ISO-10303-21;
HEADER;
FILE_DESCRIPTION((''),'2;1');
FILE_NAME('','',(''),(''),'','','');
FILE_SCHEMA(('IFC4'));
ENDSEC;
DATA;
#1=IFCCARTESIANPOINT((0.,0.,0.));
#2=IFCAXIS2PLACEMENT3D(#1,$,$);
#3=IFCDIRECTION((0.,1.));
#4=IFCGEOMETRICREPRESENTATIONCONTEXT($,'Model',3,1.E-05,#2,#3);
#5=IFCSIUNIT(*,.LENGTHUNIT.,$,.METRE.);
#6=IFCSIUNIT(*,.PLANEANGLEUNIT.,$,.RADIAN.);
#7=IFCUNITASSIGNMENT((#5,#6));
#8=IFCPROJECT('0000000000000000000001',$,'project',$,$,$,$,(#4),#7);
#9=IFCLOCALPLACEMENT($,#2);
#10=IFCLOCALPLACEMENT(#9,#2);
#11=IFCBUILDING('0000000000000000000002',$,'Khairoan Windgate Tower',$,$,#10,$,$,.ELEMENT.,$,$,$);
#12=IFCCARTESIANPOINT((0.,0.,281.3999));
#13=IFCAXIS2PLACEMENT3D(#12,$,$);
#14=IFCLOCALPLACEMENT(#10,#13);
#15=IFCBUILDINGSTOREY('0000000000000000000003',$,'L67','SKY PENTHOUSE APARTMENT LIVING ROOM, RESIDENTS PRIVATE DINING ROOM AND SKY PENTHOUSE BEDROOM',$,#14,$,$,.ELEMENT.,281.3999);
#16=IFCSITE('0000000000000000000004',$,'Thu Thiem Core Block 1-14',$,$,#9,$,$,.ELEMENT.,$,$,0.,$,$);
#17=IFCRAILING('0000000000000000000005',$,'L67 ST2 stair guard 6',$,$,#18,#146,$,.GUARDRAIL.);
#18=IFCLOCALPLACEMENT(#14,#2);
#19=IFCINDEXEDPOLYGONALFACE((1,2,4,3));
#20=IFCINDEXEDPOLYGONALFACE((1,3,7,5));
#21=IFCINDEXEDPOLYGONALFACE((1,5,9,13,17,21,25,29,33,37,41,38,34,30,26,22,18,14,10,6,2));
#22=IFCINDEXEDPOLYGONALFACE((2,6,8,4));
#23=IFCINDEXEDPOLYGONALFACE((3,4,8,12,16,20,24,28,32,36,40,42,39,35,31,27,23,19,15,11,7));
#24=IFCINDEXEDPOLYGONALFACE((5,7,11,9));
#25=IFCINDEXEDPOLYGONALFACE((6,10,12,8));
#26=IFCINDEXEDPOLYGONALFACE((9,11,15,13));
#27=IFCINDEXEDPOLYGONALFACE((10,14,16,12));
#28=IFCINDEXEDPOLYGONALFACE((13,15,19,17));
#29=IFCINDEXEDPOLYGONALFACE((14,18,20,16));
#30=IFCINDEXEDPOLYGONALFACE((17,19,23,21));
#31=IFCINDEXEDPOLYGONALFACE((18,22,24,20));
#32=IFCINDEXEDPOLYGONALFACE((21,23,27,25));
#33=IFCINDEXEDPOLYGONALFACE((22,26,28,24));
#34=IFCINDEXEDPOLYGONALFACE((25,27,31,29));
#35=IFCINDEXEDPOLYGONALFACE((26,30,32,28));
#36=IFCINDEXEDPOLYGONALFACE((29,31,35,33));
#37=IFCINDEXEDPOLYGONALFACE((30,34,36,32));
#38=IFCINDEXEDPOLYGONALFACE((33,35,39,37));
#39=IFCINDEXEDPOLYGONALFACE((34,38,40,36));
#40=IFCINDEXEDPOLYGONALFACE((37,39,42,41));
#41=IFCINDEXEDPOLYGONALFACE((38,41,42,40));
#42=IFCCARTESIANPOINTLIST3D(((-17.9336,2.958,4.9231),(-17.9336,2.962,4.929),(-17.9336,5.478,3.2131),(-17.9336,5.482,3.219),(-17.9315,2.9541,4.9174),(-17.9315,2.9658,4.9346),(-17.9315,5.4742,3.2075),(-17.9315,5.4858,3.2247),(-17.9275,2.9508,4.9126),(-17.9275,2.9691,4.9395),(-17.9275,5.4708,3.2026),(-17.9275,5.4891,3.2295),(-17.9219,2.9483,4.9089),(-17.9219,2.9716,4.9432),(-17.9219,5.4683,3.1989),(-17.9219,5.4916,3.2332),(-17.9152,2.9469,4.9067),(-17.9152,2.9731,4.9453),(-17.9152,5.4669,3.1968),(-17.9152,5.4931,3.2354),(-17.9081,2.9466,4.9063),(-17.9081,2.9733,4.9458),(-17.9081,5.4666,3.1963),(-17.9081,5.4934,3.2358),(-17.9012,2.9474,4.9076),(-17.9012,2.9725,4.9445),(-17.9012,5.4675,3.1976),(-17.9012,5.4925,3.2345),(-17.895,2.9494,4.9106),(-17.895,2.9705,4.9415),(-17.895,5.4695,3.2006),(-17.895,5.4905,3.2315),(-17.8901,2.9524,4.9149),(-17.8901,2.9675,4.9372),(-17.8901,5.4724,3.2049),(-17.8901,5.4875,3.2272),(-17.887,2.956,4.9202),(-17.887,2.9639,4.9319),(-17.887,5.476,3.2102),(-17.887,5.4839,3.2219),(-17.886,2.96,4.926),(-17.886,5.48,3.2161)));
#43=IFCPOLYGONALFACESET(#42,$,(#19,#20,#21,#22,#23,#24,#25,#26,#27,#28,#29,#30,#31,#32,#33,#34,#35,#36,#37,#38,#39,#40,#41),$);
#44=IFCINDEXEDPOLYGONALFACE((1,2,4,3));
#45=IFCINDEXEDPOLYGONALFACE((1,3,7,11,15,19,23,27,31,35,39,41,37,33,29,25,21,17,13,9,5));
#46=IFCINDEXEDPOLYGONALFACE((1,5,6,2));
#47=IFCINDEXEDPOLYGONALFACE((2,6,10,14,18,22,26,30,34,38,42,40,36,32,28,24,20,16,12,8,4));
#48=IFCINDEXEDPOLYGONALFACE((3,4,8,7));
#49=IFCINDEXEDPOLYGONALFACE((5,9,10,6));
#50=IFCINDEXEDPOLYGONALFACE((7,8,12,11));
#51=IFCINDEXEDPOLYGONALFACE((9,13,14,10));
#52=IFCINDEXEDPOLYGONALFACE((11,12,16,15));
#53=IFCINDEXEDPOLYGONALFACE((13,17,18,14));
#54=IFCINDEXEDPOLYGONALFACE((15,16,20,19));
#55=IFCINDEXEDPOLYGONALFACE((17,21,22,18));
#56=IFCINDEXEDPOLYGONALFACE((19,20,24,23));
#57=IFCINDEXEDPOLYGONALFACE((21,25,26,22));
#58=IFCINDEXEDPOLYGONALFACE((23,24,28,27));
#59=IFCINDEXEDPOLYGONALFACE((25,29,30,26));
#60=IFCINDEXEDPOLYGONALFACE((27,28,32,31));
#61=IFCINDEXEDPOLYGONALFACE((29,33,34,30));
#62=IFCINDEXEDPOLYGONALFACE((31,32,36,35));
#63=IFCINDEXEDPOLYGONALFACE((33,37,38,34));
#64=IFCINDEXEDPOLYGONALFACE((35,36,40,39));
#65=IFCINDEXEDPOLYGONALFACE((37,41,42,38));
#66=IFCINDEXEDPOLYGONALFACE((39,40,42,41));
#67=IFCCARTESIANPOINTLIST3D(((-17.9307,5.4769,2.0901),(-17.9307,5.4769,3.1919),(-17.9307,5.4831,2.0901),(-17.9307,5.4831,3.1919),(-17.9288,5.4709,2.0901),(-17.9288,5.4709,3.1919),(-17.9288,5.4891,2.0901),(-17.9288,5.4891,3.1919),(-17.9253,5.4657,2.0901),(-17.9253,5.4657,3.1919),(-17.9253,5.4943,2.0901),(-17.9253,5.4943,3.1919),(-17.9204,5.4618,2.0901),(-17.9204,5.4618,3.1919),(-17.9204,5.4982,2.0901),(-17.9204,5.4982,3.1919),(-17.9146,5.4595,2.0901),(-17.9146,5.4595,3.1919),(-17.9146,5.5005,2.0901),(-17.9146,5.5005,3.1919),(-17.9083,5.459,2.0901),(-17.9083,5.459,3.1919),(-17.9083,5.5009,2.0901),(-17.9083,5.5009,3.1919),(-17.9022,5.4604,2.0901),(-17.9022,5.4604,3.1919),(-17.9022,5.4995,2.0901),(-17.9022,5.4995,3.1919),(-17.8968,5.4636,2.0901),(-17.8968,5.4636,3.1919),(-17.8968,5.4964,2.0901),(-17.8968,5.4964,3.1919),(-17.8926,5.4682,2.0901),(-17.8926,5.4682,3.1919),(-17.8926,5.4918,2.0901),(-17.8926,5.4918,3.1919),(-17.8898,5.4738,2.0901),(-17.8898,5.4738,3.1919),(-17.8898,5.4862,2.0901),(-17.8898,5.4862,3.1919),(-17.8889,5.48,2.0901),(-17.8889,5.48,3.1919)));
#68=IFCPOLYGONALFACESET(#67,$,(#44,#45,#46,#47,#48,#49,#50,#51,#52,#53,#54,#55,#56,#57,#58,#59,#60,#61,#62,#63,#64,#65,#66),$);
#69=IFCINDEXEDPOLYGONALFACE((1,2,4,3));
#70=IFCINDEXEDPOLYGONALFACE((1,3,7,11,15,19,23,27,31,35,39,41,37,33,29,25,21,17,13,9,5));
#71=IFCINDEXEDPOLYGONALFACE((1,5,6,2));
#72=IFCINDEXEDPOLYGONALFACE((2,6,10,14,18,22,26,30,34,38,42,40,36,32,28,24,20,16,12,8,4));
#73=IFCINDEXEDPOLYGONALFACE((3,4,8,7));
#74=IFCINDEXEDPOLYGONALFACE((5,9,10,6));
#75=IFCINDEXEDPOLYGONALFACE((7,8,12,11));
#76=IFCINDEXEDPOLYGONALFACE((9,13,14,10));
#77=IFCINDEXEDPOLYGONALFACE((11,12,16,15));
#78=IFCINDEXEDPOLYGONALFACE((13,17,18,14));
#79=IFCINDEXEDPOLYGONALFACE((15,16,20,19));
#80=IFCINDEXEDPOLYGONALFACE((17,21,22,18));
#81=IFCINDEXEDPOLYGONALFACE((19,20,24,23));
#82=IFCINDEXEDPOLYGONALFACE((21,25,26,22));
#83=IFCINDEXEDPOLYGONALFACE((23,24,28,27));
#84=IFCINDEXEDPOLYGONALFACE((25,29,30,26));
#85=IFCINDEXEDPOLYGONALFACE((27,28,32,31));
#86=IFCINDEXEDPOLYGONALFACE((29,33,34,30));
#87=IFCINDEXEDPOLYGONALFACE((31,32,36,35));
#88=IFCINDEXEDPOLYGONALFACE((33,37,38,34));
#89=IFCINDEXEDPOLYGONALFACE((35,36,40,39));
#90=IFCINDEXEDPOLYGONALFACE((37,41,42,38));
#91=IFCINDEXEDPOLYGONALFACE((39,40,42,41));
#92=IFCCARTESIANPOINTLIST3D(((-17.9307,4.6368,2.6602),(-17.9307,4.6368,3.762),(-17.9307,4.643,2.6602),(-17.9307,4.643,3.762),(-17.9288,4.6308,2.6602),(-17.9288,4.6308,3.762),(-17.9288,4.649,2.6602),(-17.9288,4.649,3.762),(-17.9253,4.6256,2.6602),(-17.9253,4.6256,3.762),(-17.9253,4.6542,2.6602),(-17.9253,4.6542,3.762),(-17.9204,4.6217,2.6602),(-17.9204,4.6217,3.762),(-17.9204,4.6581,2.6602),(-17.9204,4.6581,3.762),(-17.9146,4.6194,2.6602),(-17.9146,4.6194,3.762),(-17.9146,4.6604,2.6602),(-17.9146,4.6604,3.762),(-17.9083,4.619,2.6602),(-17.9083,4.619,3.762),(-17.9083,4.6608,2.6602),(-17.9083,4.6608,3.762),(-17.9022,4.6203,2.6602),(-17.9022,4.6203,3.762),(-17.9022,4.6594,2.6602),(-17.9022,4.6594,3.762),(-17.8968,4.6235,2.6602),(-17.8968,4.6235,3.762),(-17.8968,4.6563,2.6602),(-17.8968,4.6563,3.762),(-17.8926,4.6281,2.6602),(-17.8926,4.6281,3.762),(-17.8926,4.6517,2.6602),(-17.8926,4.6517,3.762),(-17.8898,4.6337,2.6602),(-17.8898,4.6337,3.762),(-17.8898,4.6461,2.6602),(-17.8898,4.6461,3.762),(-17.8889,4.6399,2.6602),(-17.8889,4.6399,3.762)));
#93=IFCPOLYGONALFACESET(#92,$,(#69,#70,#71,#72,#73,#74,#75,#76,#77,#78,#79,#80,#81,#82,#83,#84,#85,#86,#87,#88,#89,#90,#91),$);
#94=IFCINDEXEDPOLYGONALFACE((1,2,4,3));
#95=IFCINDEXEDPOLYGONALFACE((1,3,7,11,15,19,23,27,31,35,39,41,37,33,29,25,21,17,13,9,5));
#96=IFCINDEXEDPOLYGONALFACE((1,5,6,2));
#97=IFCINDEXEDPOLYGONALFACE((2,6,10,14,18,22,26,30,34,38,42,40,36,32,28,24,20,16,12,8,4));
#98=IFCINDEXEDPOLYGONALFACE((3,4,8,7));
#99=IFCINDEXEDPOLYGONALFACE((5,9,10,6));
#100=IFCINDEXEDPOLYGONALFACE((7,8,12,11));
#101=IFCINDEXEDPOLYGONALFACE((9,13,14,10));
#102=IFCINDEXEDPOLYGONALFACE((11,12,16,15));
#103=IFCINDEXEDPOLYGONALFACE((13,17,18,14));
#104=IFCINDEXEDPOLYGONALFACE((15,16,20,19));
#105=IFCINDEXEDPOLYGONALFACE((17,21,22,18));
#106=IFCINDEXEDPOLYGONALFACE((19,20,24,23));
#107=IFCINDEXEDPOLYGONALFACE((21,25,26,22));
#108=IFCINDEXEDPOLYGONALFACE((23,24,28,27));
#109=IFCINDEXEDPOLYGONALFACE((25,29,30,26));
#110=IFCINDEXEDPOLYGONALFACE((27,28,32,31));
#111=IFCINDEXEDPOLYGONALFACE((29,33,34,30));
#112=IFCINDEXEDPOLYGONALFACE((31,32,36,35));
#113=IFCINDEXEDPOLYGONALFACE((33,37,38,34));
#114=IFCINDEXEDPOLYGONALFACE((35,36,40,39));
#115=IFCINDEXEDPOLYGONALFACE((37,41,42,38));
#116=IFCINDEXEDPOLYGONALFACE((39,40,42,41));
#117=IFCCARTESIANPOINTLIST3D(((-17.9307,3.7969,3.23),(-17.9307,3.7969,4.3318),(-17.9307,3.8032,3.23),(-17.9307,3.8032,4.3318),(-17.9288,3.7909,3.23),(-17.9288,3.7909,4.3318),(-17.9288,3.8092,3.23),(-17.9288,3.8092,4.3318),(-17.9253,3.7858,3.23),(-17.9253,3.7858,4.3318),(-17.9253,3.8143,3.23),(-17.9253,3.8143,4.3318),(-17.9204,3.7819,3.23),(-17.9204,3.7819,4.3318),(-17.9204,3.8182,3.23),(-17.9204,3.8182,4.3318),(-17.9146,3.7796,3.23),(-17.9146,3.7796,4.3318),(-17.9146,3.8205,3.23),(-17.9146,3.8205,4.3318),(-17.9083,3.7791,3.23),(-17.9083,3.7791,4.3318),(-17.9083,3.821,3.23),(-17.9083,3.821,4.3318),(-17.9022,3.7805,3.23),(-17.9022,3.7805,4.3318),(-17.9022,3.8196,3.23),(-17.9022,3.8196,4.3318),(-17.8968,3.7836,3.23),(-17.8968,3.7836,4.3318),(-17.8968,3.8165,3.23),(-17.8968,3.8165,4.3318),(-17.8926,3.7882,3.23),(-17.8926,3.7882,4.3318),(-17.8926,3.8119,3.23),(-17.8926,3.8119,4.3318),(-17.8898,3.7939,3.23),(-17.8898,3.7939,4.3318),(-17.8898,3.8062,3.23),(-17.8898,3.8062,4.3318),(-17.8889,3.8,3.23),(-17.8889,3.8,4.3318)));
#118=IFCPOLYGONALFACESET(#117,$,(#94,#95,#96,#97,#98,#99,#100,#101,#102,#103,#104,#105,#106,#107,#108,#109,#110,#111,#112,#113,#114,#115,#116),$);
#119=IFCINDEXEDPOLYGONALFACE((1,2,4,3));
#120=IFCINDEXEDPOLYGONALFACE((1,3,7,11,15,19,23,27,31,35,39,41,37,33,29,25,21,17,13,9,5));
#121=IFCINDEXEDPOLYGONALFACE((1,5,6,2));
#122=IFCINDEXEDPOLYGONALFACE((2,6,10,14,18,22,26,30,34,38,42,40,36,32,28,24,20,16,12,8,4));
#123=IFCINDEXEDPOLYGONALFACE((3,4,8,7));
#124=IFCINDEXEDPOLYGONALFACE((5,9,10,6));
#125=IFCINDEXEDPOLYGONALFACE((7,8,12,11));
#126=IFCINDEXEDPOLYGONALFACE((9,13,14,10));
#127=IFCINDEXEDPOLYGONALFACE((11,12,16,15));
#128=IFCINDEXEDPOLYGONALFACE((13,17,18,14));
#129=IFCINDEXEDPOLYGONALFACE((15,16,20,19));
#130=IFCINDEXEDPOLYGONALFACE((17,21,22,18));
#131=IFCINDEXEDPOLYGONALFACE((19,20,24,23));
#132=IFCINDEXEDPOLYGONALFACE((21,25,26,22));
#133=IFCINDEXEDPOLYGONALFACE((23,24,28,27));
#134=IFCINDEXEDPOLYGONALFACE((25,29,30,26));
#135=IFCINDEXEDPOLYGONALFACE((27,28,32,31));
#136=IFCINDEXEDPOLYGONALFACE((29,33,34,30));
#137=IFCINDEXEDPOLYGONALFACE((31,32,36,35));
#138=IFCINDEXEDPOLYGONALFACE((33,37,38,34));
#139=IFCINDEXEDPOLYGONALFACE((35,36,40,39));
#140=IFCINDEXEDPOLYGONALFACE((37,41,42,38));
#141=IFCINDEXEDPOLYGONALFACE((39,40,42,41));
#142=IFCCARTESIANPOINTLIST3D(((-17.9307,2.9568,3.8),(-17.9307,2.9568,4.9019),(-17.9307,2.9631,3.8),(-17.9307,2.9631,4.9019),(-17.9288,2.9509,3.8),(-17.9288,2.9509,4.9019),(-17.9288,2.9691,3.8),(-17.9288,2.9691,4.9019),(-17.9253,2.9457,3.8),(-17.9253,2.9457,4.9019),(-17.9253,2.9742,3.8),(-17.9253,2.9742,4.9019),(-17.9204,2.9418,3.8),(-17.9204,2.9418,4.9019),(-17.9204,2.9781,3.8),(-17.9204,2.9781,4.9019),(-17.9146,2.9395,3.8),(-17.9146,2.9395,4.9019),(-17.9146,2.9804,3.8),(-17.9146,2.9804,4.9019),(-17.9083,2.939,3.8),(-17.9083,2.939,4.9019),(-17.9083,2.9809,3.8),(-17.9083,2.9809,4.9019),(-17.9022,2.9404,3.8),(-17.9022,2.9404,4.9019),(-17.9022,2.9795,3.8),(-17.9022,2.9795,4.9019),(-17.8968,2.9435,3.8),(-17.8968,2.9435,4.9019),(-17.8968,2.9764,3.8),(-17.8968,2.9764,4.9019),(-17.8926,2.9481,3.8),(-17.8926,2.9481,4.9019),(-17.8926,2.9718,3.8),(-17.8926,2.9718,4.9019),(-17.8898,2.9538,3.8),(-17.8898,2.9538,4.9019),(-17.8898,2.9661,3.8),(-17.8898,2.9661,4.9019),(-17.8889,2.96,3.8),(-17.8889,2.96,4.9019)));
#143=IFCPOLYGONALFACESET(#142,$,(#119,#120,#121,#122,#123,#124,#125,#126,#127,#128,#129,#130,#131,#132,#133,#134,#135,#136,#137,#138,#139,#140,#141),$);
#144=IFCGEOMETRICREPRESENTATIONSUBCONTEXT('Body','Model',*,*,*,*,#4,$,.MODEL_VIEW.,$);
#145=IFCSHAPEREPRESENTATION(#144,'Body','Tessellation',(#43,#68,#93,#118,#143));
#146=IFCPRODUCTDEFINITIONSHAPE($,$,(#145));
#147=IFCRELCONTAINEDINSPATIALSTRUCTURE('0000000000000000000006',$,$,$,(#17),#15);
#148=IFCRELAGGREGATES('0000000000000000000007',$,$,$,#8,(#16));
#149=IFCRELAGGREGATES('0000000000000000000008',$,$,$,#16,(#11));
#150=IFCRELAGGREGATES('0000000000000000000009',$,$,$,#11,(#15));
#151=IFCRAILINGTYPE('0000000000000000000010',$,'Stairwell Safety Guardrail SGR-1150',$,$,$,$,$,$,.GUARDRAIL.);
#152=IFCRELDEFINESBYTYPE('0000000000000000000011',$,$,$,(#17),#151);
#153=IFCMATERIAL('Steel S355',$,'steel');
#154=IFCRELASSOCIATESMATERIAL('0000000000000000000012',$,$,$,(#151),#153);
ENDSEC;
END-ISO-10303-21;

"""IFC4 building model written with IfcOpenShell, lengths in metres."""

from ifc_helpers import new_model, si_unit, direction, frame, origin, origin_2d, place, context, subcontext, project, spatial, circle, extrude, material, type_object, element, save


model = new_model("IFC4")

# Units and contexts
model_context = context("Model", 3, precision=1e-05, world=origin(), true_north=direction((0.0, 1.0)))
body_context = subcontext(model_context, "Body", "Model", "MODEL_VIEW")
ifc_project = project(units=[si_unit("LENGTHUNIT", "METRE"), si_unit("PLANEANGLEUNIT", "RADIAN")], contexts=[model_context])

# Site, building, storey
site_placement = place(None, origin())
site = spatial("IfcSite", under=ifc_project, at=site_placement, Name="Thu Thiem Core Block 1-14", CompositionType="ELEMENT", RefElevation=0.0)
building_placement = place(site_placement, origin())
building = spatial("IfcBuilding", under=site, at=building_placement, Name="Khairoan Windgate Tower", CompositionType="ELEMENT")
storey_placement = place(building_placement, frame((0.0, 0.0, 281.3999)))
storey = spatial("IfcBuildingStorey", under=building, at=storey_placement, Name="L67", Description="SKY PENTHOUSE APARTMENT LIVING ROOM, RESIDENTS PRIVATE DINING ROOM AND SKY PENTHOUSE BEDROOM", CompositionType="ELEMENT", Elevation=281.3999)

# Railing
ifc_material_1 = material(Name="Steel S355", Category="steel")
railing_type_1 = type_object("IfcRailingType", Name="Stairwell Safety Guardrail SGR-1150", PredefinedType="GUARDRAIL", material=ifc_material_1)
railing_1_placement = place(storey_placement, frame((-17.9099, 5.48, 2.0901)))
element("IfcRailing", 1, at=railing_1_placement, inside=storey, type_object=railing_type_1, Name="L67 ST2 stair guard 6", PredefinedType="GUARDRAIL", context=body_context, shape_type="SweptSolid", body=[
    extrude(circle(Radius=0.0239, at=origin_2d()), frame((0.0, 0.0, 1.126), z_axis=(0.0, -0.827484, 0.56149), x_axis=(1.0, 0.0, 0.0)), (0.0, 0.0, 1.0), 3.0454),
    extrude(circle(Radius=0.021, at=origin_2d()), origin(), (0.0, 0.0, 1.0), 1.1018),
    extrude(circle(Radius=0.021, at=origin_2d()), frame((0.0, -0.8401, 0.5701)), (0.0, 0.0, 1.0), 1.1018),
    extrude(circle(Radius=0.021, at=origin_2d()), frame((0.0, -1.6799, 1.1399)), (0.0, 0.0, 1.0), 1.1018),
    extrude(circle(Radius=0.021, at=origin_2d()), frame((0.0, -2.52, 1.71)), (0.0, 0.0, 1.0), 1.1018),
])

save(model, "model.ifc")
